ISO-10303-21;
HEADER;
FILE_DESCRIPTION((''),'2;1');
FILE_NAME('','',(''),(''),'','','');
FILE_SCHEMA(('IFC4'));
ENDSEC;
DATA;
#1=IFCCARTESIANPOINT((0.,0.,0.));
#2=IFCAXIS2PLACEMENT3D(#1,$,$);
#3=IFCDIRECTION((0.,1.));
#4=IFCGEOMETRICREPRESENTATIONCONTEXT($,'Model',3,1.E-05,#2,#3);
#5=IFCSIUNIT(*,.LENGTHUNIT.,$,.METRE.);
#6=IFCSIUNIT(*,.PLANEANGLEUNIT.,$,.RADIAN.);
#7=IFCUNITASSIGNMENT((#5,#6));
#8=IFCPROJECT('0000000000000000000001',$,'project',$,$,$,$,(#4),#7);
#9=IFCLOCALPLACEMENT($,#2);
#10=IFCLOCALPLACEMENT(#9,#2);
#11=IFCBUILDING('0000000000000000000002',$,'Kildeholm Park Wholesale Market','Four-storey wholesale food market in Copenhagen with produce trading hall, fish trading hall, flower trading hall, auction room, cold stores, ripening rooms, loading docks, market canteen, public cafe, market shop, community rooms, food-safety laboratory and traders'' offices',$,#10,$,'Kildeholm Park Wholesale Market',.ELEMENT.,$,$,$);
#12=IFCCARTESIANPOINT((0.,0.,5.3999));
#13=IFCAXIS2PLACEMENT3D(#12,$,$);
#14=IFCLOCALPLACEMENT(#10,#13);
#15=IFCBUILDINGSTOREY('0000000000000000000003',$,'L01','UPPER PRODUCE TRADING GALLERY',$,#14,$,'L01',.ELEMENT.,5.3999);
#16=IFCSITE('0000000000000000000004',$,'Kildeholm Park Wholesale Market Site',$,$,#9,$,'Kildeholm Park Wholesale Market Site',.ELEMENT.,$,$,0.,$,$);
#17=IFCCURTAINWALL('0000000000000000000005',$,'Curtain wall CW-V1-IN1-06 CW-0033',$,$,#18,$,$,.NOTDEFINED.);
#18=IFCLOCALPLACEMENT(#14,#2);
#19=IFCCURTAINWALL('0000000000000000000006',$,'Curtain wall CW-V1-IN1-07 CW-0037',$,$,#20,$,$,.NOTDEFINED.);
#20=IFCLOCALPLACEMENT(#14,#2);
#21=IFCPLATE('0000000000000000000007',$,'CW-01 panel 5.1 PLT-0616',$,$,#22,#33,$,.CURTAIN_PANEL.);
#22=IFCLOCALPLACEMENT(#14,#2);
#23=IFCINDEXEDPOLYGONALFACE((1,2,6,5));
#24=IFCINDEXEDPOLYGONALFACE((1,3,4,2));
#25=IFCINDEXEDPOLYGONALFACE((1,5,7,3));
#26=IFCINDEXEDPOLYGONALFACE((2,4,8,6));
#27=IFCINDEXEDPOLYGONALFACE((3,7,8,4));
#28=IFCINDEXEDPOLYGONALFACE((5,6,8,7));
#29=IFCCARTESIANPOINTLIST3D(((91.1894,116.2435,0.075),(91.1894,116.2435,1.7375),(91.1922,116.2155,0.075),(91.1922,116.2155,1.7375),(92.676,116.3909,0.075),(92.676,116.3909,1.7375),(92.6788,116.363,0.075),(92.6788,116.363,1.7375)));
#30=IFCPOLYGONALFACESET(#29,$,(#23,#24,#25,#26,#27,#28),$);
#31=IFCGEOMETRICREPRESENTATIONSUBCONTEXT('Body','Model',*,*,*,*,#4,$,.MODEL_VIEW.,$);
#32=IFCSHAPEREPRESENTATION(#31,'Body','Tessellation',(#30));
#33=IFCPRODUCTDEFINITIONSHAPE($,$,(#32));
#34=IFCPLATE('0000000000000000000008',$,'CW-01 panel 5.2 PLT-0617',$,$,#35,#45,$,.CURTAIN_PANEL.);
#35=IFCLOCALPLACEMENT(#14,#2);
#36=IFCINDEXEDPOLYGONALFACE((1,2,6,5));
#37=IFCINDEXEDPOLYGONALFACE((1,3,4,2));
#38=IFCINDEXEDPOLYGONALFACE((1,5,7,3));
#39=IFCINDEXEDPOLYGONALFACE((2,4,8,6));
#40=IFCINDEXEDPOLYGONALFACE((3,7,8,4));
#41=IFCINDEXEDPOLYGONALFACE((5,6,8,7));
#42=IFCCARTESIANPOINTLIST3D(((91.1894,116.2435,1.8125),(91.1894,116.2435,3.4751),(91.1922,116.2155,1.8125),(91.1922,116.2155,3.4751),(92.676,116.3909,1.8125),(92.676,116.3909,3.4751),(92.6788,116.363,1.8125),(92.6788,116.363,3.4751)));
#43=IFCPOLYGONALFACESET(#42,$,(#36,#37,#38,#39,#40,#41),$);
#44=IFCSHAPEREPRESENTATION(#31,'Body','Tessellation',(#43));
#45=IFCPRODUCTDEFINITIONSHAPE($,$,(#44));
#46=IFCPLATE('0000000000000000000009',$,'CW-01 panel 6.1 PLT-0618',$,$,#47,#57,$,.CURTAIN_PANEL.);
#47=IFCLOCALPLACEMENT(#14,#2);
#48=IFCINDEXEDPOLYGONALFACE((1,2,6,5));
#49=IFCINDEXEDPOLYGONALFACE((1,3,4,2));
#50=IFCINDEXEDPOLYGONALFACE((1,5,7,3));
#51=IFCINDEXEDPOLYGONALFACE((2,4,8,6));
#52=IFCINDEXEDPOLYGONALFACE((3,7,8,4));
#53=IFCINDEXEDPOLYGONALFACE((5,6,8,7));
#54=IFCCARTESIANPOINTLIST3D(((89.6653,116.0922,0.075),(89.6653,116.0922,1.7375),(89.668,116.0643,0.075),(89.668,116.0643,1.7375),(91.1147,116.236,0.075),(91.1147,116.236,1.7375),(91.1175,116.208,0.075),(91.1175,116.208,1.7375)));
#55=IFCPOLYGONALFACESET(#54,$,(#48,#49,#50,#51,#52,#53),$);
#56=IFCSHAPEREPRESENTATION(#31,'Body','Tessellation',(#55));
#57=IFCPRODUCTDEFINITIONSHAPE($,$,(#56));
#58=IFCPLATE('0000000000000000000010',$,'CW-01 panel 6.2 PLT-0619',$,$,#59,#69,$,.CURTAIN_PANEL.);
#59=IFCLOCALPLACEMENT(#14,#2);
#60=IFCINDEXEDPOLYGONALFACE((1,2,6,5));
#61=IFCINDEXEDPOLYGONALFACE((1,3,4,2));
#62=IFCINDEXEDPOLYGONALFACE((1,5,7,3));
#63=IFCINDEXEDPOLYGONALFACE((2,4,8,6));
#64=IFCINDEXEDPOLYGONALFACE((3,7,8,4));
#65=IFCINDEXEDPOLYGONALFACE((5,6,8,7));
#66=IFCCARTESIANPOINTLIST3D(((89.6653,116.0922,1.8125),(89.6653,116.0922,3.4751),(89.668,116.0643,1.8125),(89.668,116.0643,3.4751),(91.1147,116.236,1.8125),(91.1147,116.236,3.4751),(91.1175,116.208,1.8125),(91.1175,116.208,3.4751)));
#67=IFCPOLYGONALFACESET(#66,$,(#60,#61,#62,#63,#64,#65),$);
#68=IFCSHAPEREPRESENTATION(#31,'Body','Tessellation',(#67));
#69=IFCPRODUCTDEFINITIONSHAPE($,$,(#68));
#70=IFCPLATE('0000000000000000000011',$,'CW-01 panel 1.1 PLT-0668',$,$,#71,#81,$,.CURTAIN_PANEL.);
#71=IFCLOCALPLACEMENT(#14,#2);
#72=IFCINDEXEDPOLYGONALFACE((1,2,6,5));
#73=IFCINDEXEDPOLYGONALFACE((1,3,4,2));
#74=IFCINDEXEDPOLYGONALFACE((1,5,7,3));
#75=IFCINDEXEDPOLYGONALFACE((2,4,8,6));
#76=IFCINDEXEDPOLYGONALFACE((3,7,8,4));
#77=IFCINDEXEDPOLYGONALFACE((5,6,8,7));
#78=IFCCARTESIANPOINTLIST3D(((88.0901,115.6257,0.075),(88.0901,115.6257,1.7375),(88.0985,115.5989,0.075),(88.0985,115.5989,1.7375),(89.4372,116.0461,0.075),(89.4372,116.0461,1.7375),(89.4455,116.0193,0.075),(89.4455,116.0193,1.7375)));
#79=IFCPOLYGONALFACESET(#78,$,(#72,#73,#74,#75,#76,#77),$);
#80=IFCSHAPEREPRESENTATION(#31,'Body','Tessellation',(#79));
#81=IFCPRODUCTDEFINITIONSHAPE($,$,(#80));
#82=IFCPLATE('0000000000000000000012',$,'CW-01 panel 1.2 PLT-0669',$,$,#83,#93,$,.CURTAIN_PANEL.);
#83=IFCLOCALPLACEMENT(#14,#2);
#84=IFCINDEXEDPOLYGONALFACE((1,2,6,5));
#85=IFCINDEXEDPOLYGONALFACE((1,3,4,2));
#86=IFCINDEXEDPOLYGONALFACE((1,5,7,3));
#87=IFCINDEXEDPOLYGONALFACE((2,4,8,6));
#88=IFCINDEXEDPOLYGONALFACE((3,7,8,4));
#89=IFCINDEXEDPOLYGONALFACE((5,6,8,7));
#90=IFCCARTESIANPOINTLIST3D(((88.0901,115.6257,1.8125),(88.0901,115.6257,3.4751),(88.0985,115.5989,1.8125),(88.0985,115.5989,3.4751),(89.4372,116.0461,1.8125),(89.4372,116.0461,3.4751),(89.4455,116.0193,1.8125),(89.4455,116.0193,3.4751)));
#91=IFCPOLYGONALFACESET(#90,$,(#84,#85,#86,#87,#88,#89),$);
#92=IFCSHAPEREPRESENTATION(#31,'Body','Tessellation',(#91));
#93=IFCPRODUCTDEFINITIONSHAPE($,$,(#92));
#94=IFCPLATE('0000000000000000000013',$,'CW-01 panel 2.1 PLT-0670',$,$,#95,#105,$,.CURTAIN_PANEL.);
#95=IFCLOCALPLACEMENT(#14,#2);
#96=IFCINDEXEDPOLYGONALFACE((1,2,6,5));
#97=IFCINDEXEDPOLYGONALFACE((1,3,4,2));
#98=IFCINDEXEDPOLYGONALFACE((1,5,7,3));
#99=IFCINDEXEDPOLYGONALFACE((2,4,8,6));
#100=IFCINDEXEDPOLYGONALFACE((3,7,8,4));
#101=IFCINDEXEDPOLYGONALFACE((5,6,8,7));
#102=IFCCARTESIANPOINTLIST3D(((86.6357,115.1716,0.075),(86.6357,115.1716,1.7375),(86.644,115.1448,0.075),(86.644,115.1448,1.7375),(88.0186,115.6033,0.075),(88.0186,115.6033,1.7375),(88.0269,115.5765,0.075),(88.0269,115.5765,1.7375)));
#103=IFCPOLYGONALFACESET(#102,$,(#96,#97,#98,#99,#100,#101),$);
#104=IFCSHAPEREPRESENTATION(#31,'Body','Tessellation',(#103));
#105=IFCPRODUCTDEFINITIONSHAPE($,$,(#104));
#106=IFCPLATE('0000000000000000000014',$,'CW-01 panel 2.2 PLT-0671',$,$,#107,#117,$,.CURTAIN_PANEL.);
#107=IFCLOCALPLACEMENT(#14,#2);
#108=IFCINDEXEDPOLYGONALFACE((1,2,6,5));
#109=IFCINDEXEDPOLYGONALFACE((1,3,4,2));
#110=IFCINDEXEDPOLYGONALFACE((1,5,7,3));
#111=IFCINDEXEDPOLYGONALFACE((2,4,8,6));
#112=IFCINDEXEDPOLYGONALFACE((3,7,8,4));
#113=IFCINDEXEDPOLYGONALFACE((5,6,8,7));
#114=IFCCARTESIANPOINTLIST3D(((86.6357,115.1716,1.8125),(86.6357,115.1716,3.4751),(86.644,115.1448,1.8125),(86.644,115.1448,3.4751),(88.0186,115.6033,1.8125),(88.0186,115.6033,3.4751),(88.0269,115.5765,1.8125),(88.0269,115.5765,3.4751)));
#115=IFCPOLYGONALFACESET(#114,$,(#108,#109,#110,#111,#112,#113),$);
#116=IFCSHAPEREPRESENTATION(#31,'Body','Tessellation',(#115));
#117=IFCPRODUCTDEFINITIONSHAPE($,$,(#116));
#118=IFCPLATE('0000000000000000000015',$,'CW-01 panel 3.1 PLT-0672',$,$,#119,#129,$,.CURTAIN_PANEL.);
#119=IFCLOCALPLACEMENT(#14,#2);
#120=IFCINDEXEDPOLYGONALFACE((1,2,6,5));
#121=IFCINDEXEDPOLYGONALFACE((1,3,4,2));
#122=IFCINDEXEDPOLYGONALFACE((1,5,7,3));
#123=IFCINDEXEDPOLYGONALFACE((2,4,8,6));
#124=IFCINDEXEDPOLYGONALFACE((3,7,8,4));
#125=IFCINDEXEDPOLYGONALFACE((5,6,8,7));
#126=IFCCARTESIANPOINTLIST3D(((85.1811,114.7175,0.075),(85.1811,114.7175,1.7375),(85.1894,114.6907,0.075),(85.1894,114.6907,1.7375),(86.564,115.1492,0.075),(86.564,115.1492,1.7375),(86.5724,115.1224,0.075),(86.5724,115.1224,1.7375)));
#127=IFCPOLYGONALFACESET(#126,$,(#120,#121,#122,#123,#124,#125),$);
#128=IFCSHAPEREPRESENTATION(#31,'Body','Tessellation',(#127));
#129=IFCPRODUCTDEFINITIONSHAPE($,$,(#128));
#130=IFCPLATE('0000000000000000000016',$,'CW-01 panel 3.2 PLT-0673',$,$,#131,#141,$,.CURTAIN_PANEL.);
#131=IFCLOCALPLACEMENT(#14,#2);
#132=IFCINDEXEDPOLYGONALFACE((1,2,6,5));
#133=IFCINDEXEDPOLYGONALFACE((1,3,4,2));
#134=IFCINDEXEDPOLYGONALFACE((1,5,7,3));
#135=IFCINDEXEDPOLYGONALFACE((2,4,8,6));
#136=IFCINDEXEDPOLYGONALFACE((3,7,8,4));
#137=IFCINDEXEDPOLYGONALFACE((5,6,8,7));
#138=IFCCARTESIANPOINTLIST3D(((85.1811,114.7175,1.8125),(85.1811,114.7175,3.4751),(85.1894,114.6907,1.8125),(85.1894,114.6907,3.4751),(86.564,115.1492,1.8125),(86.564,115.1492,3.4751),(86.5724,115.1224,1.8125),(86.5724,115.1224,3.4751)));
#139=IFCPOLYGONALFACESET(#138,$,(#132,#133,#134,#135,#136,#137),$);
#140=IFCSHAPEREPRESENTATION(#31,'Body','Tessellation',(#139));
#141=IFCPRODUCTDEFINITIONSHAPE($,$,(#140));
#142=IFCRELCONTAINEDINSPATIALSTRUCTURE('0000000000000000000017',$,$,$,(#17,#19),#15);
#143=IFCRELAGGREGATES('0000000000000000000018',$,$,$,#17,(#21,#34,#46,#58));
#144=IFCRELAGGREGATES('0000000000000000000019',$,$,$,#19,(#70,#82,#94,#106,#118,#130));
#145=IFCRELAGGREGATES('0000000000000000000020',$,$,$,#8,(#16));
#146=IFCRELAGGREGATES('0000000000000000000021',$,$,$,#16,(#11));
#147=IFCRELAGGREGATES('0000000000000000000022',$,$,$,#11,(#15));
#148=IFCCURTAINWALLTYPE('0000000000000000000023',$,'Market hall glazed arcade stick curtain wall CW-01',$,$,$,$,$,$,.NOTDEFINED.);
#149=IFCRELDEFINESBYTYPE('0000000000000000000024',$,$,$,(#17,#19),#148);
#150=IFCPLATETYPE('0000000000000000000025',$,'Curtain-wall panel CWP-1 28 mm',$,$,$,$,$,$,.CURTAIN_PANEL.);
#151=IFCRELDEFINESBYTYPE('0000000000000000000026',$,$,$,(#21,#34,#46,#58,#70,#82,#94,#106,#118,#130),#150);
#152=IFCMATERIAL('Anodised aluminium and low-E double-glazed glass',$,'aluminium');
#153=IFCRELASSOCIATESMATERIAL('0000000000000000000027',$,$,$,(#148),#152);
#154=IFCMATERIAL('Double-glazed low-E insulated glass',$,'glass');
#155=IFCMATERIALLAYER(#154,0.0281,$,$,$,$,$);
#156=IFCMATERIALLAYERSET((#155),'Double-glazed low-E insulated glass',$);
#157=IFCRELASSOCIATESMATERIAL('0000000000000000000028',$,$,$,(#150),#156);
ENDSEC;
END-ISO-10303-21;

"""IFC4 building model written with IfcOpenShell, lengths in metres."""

from ifc_helpers import new_model, si_unit, direction, frame, origin, origin_2d, place, context, subcontext, project, spatial, rectangle, extrude, material, layer, layer_set, type_object, element, aggregate, save


model = new_model("IFC4")

# Units and contexts
model_context = context("Model", 3, precision=1e-05, world=origin(), true_north=direction((0.0, 1.0)))
body_context = subcontext(model_context, "Body", "Model", "MODEL_VIEW")
ifc_project = project(units=[si_unit("LENGTHUNIT", "METRE"), si_unit("PLANEANGLEUNIT", "RADIAN")], contexts=[model_context])

# Site, building, storey
site_placement = place(None, origin())
site = spatial("IfcSite", under=ifc_project, at=site_placement, Name="Kildeholm Park Wholesale Market Site", LongName="Kildeholm Park Wholesale Market Site", CompositionType="ELEMENT", RefElevation=0.0)
building_placement = place(site_placement, origin())
building = spatial("IfcBuilding", under=site, at=building_placement, Name="Kildeholm Park Wholesale Market", Description="Four-storey wholesale food market in Copenhagen with produce trading hall, fish trading hall, flower trading hall, auction room, cold stores, ripening rooms, loading docks, market canteen, public cafe, market shop, community rooms, food-safety laboratory and traders' offices", LongName="Kildeholm Park Wholesale Market", CompositionType="ELEMENT")
storey_placement = place(building_placement, frame((0.0, 0.0, 5.3999)))
storey = spatial("IfcBuildingStorey", under=building, at=storey_placement, Name="L01", Description="UPPER PRODUCE TRADING GALLERY", LongName="L01", CompositionType="ELEMENT", Elevation=5.3999)

# Curtain walls
ifc_material_1 = material(Name="Anodised aluminium and low-E double-glazed glass", Category="aluminium")
curtain_wall_type = type_object("IfcCurtainWallType", Name="Market hall glazed arcade stick curtain wall CW-01", PredefinedType="NOTDEFINED", material=ifc_material_1)
curtain_wall_1_placement = place(storey_placement, origin())
curtain_wall_1 = element("IfcCurtainWall", 1, at=curtain_wall_1_placement, inside=storey, type_object=curtain_wall_type, Name="Curtain wall CW-V1-IN1-06 CW-0033", PredefinedType="NOTDEFINED")
curtain_wall_2_placement = place(storey_placement, origin())
curtain_wall_2 = element("IfcCurtainWall", 2, at=curtain_wall_2_placement, inside=storey, type_object=curtain_wall_type, Name="Curtain wall CW-V1-IN1-07 CW-0037", PredefinedType="NOTDEFINED")

# Plates
ifc_material_2 = material(Name="Double-glazed low-E insulated glass", Category="glass")
ifc_layer = layer(ifc_material_2, 0.0281)
ifc_layer_set = layer_set([ifc_layer], Name="Double-glazed low-E insulated glass")
plate_type = type_object("IfcPlateType", Name="Curtain-wall panel CWP-1 28 mm", PredefinedType="CURTAIN_PANEL", material=ifc_layer_set)
plate_1_placement = place(storey_placement, frame((91.9341, 116.3032, 0.075), z_axis=(0.0, 0.0, 1.0), x_axis=(-0.995119, -0.098683, 0.0)))
plate_1 = element("IfcPlate", 3, at=plate_1_placement, type_object=plate_type, Name="CW-01 panel 5.1 PLT-0616", PredefinedType="CURTAIN_PANEL", context=body_context, shape_type="SweptSolid", body=[
    extrude(rectangle(XDim=1.4939, YDim=0.0281, at=origin_2d()), origin(), (0.0, 0.0, 1.0), 1.6626),
])
plate_2_placement = place(storey_placement, frame((91.9341, 116.3032, 1.8125), z_axis=(0.0, 0.0, 1.0), x_axis=(-0.995119, -0.098683, 0.0)))
plate_2 = element("IfcPlate", 4, at=plate_2_placement, type_object=plate_type, Name="CW-01 panel 5.2 PLT-0617", PredefinedType="CURTAIN_PANEL", context=body_context, shape_type="SweptSolid", body=[
    extrude(rectangle(XDim=1.4939, YDim=0.0281, at=origin_2d()), origin(), (0.0, 0.0, 1.0), 1.6626),
])
plate_3_placement = place(storey_placement, frame((90.3914, 116.1501, 0.075), z_axis=(0.0, 0.0, 1.0), x_axis=(-0.995119, -0.098683, 0.0)))
plate_3 = element("IfcPlate", 5, at=plate_3_placement, type_object=plate_type, Name="CW-01 panel 6.1 PLT-0618", PredefinedType="CURTAIN_PANEL", context=body_context, shape_type="SweptSolid", body=[
    extrude(rectangle(XDim=1.4565, YDim=0.0281, at=origin_2d()), origin(), (0.0, 0.0, 1.0), 1.6626),
])
plate_4_placement = place(storey_placement, frame((90.3914, 116.1501, 1.8125), z_axis=(0.0, 0.0, 1.0), x_axis=(-0.995119, -0.098683, 0.0)))
plate_4 = element("IfcPlate", 6, at=plate_4_placement, type_object=plate_type, Name="CW-01 panel 6.2 PLT-0619", PredefinedType="CURTAIN_PANEL", context=body_context, shape_type="SweptSolid", body=[
    extrude(rectangle(XDim=1.4565, YDim=0.0281, at=origin_2d()), origin(), (0.0, 0.0, 1.0), 1.6626),
])
aggregate(curtain_wall_1, [plate_1, plate_2, plate_3, plate_4])
plate_5_placement = place(storey_placement, frame((88.7678, 115.8225, 0.075), z_axis=(0.0, 0.0, 1.0), x_axis=(-0.954579, -0.297957, 0.0)))
plate_5 = element("IfcPlate", 7, at=plate_5_placement, type_object=plate_type, Name="CW-01 panel 1.1 PLT-0668", PredefinedType="CURTAIN_PANEL", context=body_context, shape_type="SweptSolid", body=[
    extrude(rectangle(XDim=1.4111, YDim=0.0281, at=origin_2d()), origin(), (0.0, 0.0, 1.0), 1.6626),
])
plate_6_placement = place(storey_placement, frame((88.7678, 115.8225, 1.8125), z_axis=(0.0, 0.0, 1.0), x_axis=(-0.954579, -0.297957, 0.0)))
plate_6 = element("IfcPlate", 8, at=plate_6_placement, type_object=plate_type, Name="CW-01 panel 1.2 PLT-0669", PredefinedType="CURTAIN_PANEL", context=body_context, shape_type="SweptSolid", body=[
    extrude(rectangle(XDim=1.4111, YDim=0.0281, at=origin_2d()), origin(), (0.0, 0.0, 1.0), 1.6626),
])
plate_7_placement = place(storey_placement, frame((87.3313, 115.374, 0.075), z_axis=(0.0, 0.0, 1.0), x_axis=(-0.954579, -0.297957, 0.0)))
plate_7 = element("IfcPlate", 9, at=plate_7_placement, type_object=plate_type, Name="CW-01 panel 2.1 PLT-0670", PredefinedType="CURTAIN_PANEL", context=body_context, shape_type="SweptSolid", body=[
    extrude(rectangle(XDim=1.4487, YDim=0.0281, at=origin_2d()), origin(), (0.0, 0.0, 1.0), 1.6626),
])
plate_8_placement = place(storey_placement, frame((87.3313, 115.374, 1.8125), z_axis=(0.0, 0.0, 1.0), x_axis=(-0.954579, -0.297957, 0.0)))
plate_8 = element("IfcPlate", 10, at=plate_8_placement, type_object=plate_type, Name="CW-01 panel 2.2 PLT-0671", PredefinedType="CURTAIN_PANEL", context=body_context, shape_type="SweptSolid", body=[
    extrude(rectangle(XDim=1.4487, YDim=0.0281, at=origin_2d()), origin(), (0.0, 0.0, 1.0), 1.6626),
])
plate_9_placement = place(storey_placement, frame((85.8767, 114.9199, 0.075), z_axis=(0.0, 0.0, 1.0), x_axis=(-0.954579, -0.297957, 0.0)))
plate_9 = element("IfcPlate", 11, at=plate_9_placement, type_object=plate_type, Name="CW-01 panel 3.1 PLT-0672", PredefinedType="CURTAIN_PANEL", context=body_context, shape_type="SweptSolid", body=[
    extrude(rectangle(XDim=1.4487, YDim=0.0281, at=origin_2d()), origin(), (0.0, 0.0, 1.0), 1.6626),
])
plate_10_placement = place(storey_placement, frame((85.8767, 114.9199, 1.8125), z_axis=(0.0, 0.0, 1.0), x_axis=(-0.954579, -0.297957, 0.0)))
plate_10 = element("IfcPlate", 12, at=plate_10_placement, type_object=plate_type, Name="CW-01 panel 3.2 PLT-0673", PredefinedType="CURTAIN_PANEL", context=body_context, shape_type="SweptSolid", body=[
    extrude(rectangle(XDim=1.4487, YDim=0.0281, at=origin_2d()), origin(), (0.0, 0.0, 1.0), 1.6626),
])
aggregate(curtain_wall_2, [plate_5, plate_6, plate_7, plate_8, plate_9, plate_10])

save(model, "model.ifc")
